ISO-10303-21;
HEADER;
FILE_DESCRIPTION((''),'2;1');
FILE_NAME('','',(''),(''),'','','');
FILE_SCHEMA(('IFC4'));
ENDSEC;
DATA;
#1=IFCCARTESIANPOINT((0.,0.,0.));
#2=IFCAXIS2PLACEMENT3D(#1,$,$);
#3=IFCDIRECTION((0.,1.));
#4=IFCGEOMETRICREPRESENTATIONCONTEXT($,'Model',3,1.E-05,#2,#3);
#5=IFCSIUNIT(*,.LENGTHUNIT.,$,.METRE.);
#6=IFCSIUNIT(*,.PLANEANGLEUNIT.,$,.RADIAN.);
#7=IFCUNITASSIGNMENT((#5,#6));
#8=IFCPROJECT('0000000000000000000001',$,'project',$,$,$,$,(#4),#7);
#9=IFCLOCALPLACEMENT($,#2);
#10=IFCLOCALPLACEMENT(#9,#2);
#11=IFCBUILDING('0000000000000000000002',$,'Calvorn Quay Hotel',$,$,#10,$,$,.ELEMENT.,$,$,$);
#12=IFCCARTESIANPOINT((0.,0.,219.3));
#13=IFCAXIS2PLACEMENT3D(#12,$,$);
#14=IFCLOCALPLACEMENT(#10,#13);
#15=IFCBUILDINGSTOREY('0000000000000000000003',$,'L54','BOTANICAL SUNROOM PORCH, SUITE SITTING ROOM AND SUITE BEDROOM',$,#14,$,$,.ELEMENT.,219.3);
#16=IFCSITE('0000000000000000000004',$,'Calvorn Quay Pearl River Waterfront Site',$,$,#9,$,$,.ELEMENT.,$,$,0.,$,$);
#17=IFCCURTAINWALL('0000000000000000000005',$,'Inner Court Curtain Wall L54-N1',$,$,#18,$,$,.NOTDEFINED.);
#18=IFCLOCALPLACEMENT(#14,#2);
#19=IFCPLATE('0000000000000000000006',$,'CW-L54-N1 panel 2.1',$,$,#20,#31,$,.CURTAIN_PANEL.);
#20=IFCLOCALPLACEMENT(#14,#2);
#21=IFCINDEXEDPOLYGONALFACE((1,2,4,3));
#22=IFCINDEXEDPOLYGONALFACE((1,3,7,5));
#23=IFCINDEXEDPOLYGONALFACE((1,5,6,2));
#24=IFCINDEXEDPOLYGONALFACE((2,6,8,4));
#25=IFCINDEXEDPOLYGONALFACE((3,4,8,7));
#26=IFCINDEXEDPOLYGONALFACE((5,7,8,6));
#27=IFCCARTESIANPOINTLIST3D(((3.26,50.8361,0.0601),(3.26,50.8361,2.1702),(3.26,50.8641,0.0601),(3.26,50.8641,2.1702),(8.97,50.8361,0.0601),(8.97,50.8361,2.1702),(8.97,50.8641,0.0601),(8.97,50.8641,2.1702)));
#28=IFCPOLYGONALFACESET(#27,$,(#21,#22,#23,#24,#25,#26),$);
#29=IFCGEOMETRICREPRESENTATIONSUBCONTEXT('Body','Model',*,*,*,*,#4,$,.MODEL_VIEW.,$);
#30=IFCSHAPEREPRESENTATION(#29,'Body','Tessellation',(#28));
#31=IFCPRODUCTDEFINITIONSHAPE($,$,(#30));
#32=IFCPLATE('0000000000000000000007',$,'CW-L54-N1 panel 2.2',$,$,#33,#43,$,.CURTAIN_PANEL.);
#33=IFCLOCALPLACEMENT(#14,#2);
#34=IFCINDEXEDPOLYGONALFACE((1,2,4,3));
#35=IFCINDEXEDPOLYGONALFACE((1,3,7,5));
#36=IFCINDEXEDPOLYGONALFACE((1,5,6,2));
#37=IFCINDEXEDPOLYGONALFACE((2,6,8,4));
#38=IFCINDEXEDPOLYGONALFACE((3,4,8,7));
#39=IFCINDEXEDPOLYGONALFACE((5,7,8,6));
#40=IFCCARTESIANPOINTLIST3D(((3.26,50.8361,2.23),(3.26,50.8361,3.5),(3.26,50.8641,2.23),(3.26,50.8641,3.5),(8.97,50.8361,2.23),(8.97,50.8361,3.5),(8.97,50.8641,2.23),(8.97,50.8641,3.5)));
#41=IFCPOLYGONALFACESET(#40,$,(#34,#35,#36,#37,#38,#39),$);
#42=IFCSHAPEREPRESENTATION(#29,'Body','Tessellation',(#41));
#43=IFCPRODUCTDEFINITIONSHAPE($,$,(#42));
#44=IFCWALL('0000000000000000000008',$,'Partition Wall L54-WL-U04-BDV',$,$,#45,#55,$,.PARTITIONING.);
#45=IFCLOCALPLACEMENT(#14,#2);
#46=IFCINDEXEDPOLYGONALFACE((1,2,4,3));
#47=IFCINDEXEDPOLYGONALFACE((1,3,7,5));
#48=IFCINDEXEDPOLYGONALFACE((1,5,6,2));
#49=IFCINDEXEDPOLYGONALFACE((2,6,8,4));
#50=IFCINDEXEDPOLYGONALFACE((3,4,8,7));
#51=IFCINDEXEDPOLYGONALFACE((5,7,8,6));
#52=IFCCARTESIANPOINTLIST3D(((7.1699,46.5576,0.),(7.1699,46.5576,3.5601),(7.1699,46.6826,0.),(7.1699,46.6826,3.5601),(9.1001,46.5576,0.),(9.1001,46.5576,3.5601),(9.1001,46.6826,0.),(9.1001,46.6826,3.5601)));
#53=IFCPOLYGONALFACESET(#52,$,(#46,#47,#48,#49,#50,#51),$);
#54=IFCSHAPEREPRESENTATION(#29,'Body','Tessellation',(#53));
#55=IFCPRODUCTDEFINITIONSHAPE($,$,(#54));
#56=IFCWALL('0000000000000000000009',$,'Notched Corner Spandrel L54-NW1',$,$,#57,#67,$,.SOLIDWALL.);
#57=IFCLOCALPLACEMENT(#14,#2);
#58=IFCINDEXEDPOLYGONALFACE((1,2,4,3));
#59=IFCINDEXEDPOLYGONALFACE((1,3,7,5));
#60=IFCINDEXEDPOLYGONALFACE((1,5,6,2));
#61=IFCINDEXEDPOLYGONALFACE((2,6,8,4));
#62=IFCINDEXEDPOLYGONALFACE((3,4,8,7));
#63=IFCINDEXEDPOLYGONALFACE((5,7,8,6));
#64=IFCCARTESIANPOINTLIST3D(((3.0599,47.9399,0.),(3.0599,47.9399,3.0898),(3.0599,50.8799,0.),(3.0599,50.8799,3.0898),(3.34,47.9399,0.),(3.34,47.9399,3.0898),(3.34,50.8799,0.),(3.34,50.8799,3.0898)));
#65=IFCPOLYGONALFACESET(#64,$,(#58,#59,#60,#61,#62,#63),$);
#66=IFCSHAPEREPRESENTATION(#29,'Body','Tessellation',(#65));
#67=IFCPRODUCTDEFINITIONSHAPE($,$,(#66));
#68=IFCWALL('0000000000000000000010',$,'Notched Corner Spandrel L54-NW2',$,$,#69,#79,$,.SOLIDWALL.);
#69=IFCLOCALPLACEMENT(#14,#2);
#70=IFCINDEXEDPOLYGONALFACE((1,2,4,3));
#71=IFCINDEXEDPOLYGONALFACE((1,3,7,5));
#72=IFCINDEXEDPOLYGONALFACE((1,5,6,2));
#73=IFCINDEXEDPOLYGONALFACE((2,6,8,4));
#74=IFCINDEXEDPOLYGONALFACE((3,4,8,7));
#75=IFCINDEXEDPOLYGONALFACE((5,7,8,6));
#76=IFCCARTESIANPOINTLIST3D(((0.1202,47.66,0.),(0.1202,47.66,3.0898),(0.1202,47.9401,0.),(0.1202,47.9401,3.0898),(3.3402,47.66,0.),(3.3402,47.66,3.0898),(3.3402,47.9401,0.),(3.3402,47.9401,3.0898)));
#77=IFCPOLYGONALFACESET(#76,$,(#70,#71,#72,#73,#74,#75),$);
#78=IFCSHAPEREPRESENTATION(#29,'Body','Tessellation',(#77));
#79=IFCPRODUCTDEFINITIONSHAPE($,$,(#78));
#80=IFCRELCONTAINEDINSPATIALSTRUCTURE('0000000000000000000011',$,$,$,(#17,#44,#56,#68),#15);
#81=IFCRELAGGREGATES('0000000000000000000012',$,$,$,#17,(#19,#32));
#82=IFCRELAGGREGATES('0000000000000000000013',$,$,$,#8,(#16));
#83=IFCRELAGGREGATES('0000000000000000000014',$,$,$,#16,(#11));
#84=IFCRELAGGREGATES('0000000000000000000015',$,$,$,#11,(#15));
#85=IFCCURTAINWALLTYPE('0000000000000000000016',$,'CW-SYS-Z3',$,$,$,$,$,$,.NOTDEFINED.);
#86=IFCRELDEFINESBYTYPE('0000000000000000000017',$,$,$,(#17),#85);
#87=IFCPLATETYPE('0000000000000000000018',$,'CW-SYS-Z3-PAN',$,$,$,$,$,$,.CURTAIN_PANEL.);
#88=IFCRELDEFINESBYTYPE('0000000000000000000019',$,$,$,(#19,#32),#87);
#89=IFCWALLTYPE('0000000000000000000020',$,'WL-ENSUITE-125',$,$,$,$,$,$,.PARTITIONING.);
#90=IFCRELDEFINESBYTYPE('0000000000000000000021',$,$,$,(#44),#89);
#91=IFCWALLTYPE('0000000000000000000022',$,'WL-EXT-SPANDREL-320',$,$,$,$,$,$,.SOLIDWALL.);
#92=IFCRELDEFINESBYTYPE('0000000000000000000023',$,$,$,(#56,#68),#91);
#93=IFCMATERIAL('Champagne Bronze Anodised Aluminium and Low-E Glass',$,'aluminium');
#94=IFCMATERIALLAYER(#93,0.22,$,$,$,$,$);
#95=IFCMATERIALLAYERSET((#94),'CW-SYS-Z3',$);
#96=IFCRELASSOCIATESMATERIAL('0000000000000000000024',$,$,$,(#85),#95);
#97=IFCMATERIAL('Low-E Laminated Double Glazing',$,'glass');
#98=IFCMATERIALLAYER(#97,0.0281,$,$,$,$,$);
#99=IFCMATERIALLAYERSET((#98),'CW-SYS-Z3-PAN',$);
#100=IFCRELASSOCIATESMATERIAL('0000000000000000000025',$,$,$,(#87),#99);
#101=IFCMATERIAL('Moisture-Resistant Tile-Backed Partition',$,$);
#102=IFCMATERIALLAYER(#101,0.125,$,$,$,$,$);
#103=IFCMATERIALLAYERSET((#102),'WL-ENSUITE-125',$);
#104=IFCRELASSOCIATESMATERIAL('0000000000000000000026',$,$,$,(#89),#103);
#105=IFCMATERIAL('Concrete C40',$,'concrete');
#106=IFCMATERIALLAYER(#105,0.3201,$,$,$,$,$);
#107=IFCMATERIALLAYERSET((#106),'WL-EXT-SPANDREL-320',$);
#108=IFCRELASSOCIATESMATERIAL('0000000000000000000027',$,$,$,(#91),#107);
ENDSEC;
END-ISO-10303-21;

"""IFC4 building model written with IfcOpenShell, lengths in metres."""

from ifc_helpers import new_model, si_unit, direction, frame, frame_2d, origin, origin_2d, place, context, subcontext, project, spatial, rectangle, extrude, material, layer, layer_set, type_object, element, aggregate, save


model = new_model("IFC4")

# Units and contexts
model_context = context("Model", 3, precision=1e-05, world=origin(), true_north=direction((0.0, 1.0)))
body_context = subcontext(model_context, "Body", "Model", "MODEL_VIEW")
ifc_project = project(units=[si_unit("LENGTHUNIT", "METRE"), si_unit("PLANEANGLEUNIT", "RADIAN")], contexts=[model_context])

# Site, building, storey
site_placement = place(None, origin())
site = spatial("IfcSite", under=ifc_project, at=site_placement, Name="Calvorn Quay Pearl River Waterfront Site", CompositionType="ELEMENT", RefElevation=0.0)
building_placement = place(site_placement, origin())
building = spatial("IfcBuilding", under=site, at=building_placement, Name="Calvorn Quay Hotel", CompositionType="ELEMENT")
storey_placement = place(building_placement, frame((0.0, 0.0, 219.3)))
storey = spatial("IfcBuildingStorey", under=building, at=storey_placement, Name="L54", Description="BOTANICAL SUNROOM PORCH, SUITE SITTING ROOM AND SUITE BEDROOM", CompositionType="ELEMENT", Elevation=219.3)

# Shared definitions
ifc_material_1 = material(Name="Champagne Bronze Anodised Aluminium and Low-E Glass", Category="aluminium")
ifc_layer_1 = layer(ifc_material_1, 0.22)
ifc_layer_set_1 = layer_set([ifc_layer_1], Name="CW-SYS-Z3")
curtain_wall_type = type_object("IfcCurtainWallType", Name="CW-SYS-Z3", PredefinedType="NOTDEFINED", material=ifc_layer_set_1)

# Curtain wall
curtain_wall_1_placement = place(storey_placement, origin())
curtain_wall_1 = element("IfcCurtainWall", 1, at=curtain_wall_1_placement, inside=storey, type_object=curtain_wall_type, Name="Inner Court Curtain Wall L54-N1", PredefinedType="NOTDEFINED")

# Plates
ifc_material_2 = material(Name="Low-E Laminated Double Glazing", Category="glass")
ifc_layer_2 = layer(ifc_material_2, 0.0281)
ifc_layer_set_2 = layer_set([ifc_layer_2], Name="CW-SYS-Z3-PAN")
plate_type = type_object("IfcPlateType", Name="CW-SYS-Z3-PAN", PredefinedType="CURTAIN_PANEL", material=ifc_layer_set_2)
plate_1_placement = place(storey_placement, frame((6.115, 50.8501, 0.0601), z_axis=(0.0, 0.0, 1.0), x_axis=(-1.0, 0.0, 0.0)))
plate_1 = element("IfcPlate", 2, at=plate_1_placement, type_object=plate_type, Name="CW-L54-N1 panel 2.1", PredefinedType="CURTAIN_PANEL", context=body_context, shape_type="SweptSolid", body=[
    extrude(rectangle(XDim=5.71, YDim=0.0281, at=origin_2d()), origin(), (0.0, 0.0, 1.0), 2.1101),
])
plate_2_placement = place(storey_placement, frame((6.115, 50.8501, 2.23), z_axis=(0.0, 0.0, 1.0), x_axis=(-1.0, 0.0, 0.0)))
plate_2 = element("IfcPlate", 3, at=plate_2_placement, type_object=plate_type, Name="CW-L54-N1 panel 2.2", PredefinedType="CURTAIN_PANEL", context=body_context, shape_type="SweptSolid", body=[
    extrude(rectangle(XDim=5.71, YDim=0.0281, at=origin_2d()), origin(), (0.0, 0.0, 1.0), 1.27),
])
aggregate(curtain_wall_1, [plate_1, plate_2])

# Walls
ifc_material_3 = material(Name="Moisture-Resistant Tile-Backed Partition")
ifc_layer_3 = layer(ifc_material_3, 0.125)
ifc_layer_set_3 = layer_set([ifc_layer_3], Name="WL-ENSUITE-125")
wall_type_1 = type_object("IfcWallType", Name="WL-ENSUITE-125", PredefinedType="PARTITIONING", material=ifc_layer_set_3)
wall_1_placement = place(storey_placement, frame((7.1699, 46.6201, 0.0), z_axis=(0.0, 0.0, 1.0), x_axis=(1.0, 0.0, 0.0)))
element("IfcWall", 4, at=wall_1_placement, inside=storey, type_object=wall_type_1, Name="Partition Wall L54-WL-U04-BDV", PredefinedType="PARTITIONING", context=body_context, shape_type="SweptSolid", body=[
    extrude(rectangle(XDim=1.9302, YDim=0.125, at=frame_2d((0.9651, 0.0))), origin(), (0.0, 0.0, 1.0), 3.5601),
])
ifc_material_4 = material(Name="Concrete C40", Category="concrete")
ifc_layer_4 = layer(ifc_material_4, 0.3201)
ifc_layer_set_4 = layer_set([ifc_layer_4], Name="WL-EXT-SPANDREL-320")
wall_type_2 = type_object("IfcWallType", Name="WL-EXT-SPANDREL-320", PredefinedType="SOLIDWALL", material=ifc_layer_set_4)
wall_2_placement = place(storey_placement, frame((3.2, 50.8799, 0.0), z_axis=(0.0, 0.0, 1.0), x_axis=(0.0, -1.0, 0.0)))
element("IfcWall", 5, at=wall_2_placement, inside=storey, type_object=wall_type_2, Name="Notched Corner Spandrel L54-NW1", PredefinedType="SOLIDWALL", context=body_context, shape_type="SweptSolid", body=[
    extrude(rectangle(XDim=2.9399, YDim=0.28, at=frame_2d((1.47, 0.0))), origin(), (0.0, 0.0, 1.0), 3.0898),
])
wall_3_placement = place(storey_placement, frame((3.3401, 47.8, 0.0), z_axis=(0.0, 0.0, 1.0), x_axis=(-1.0, 0.0, 0.0)))
element("IfcWall", 6, at=wall_3_placement, inside=storey, type_object=wall_type_2, Name="Notched Corner Spandrel L54-NW2", PredefinedType="SOLIDWALL", context=body_context, shape_type="SweptSolid", body=[
    extrude(rectangle(XDim=3.22, YDim=0.28, at=frame_2d((1.6099, 0.0))), origin(), (0.0, 0.0, 1.0), 3.0898),
])

save(model, "model.ifc")
